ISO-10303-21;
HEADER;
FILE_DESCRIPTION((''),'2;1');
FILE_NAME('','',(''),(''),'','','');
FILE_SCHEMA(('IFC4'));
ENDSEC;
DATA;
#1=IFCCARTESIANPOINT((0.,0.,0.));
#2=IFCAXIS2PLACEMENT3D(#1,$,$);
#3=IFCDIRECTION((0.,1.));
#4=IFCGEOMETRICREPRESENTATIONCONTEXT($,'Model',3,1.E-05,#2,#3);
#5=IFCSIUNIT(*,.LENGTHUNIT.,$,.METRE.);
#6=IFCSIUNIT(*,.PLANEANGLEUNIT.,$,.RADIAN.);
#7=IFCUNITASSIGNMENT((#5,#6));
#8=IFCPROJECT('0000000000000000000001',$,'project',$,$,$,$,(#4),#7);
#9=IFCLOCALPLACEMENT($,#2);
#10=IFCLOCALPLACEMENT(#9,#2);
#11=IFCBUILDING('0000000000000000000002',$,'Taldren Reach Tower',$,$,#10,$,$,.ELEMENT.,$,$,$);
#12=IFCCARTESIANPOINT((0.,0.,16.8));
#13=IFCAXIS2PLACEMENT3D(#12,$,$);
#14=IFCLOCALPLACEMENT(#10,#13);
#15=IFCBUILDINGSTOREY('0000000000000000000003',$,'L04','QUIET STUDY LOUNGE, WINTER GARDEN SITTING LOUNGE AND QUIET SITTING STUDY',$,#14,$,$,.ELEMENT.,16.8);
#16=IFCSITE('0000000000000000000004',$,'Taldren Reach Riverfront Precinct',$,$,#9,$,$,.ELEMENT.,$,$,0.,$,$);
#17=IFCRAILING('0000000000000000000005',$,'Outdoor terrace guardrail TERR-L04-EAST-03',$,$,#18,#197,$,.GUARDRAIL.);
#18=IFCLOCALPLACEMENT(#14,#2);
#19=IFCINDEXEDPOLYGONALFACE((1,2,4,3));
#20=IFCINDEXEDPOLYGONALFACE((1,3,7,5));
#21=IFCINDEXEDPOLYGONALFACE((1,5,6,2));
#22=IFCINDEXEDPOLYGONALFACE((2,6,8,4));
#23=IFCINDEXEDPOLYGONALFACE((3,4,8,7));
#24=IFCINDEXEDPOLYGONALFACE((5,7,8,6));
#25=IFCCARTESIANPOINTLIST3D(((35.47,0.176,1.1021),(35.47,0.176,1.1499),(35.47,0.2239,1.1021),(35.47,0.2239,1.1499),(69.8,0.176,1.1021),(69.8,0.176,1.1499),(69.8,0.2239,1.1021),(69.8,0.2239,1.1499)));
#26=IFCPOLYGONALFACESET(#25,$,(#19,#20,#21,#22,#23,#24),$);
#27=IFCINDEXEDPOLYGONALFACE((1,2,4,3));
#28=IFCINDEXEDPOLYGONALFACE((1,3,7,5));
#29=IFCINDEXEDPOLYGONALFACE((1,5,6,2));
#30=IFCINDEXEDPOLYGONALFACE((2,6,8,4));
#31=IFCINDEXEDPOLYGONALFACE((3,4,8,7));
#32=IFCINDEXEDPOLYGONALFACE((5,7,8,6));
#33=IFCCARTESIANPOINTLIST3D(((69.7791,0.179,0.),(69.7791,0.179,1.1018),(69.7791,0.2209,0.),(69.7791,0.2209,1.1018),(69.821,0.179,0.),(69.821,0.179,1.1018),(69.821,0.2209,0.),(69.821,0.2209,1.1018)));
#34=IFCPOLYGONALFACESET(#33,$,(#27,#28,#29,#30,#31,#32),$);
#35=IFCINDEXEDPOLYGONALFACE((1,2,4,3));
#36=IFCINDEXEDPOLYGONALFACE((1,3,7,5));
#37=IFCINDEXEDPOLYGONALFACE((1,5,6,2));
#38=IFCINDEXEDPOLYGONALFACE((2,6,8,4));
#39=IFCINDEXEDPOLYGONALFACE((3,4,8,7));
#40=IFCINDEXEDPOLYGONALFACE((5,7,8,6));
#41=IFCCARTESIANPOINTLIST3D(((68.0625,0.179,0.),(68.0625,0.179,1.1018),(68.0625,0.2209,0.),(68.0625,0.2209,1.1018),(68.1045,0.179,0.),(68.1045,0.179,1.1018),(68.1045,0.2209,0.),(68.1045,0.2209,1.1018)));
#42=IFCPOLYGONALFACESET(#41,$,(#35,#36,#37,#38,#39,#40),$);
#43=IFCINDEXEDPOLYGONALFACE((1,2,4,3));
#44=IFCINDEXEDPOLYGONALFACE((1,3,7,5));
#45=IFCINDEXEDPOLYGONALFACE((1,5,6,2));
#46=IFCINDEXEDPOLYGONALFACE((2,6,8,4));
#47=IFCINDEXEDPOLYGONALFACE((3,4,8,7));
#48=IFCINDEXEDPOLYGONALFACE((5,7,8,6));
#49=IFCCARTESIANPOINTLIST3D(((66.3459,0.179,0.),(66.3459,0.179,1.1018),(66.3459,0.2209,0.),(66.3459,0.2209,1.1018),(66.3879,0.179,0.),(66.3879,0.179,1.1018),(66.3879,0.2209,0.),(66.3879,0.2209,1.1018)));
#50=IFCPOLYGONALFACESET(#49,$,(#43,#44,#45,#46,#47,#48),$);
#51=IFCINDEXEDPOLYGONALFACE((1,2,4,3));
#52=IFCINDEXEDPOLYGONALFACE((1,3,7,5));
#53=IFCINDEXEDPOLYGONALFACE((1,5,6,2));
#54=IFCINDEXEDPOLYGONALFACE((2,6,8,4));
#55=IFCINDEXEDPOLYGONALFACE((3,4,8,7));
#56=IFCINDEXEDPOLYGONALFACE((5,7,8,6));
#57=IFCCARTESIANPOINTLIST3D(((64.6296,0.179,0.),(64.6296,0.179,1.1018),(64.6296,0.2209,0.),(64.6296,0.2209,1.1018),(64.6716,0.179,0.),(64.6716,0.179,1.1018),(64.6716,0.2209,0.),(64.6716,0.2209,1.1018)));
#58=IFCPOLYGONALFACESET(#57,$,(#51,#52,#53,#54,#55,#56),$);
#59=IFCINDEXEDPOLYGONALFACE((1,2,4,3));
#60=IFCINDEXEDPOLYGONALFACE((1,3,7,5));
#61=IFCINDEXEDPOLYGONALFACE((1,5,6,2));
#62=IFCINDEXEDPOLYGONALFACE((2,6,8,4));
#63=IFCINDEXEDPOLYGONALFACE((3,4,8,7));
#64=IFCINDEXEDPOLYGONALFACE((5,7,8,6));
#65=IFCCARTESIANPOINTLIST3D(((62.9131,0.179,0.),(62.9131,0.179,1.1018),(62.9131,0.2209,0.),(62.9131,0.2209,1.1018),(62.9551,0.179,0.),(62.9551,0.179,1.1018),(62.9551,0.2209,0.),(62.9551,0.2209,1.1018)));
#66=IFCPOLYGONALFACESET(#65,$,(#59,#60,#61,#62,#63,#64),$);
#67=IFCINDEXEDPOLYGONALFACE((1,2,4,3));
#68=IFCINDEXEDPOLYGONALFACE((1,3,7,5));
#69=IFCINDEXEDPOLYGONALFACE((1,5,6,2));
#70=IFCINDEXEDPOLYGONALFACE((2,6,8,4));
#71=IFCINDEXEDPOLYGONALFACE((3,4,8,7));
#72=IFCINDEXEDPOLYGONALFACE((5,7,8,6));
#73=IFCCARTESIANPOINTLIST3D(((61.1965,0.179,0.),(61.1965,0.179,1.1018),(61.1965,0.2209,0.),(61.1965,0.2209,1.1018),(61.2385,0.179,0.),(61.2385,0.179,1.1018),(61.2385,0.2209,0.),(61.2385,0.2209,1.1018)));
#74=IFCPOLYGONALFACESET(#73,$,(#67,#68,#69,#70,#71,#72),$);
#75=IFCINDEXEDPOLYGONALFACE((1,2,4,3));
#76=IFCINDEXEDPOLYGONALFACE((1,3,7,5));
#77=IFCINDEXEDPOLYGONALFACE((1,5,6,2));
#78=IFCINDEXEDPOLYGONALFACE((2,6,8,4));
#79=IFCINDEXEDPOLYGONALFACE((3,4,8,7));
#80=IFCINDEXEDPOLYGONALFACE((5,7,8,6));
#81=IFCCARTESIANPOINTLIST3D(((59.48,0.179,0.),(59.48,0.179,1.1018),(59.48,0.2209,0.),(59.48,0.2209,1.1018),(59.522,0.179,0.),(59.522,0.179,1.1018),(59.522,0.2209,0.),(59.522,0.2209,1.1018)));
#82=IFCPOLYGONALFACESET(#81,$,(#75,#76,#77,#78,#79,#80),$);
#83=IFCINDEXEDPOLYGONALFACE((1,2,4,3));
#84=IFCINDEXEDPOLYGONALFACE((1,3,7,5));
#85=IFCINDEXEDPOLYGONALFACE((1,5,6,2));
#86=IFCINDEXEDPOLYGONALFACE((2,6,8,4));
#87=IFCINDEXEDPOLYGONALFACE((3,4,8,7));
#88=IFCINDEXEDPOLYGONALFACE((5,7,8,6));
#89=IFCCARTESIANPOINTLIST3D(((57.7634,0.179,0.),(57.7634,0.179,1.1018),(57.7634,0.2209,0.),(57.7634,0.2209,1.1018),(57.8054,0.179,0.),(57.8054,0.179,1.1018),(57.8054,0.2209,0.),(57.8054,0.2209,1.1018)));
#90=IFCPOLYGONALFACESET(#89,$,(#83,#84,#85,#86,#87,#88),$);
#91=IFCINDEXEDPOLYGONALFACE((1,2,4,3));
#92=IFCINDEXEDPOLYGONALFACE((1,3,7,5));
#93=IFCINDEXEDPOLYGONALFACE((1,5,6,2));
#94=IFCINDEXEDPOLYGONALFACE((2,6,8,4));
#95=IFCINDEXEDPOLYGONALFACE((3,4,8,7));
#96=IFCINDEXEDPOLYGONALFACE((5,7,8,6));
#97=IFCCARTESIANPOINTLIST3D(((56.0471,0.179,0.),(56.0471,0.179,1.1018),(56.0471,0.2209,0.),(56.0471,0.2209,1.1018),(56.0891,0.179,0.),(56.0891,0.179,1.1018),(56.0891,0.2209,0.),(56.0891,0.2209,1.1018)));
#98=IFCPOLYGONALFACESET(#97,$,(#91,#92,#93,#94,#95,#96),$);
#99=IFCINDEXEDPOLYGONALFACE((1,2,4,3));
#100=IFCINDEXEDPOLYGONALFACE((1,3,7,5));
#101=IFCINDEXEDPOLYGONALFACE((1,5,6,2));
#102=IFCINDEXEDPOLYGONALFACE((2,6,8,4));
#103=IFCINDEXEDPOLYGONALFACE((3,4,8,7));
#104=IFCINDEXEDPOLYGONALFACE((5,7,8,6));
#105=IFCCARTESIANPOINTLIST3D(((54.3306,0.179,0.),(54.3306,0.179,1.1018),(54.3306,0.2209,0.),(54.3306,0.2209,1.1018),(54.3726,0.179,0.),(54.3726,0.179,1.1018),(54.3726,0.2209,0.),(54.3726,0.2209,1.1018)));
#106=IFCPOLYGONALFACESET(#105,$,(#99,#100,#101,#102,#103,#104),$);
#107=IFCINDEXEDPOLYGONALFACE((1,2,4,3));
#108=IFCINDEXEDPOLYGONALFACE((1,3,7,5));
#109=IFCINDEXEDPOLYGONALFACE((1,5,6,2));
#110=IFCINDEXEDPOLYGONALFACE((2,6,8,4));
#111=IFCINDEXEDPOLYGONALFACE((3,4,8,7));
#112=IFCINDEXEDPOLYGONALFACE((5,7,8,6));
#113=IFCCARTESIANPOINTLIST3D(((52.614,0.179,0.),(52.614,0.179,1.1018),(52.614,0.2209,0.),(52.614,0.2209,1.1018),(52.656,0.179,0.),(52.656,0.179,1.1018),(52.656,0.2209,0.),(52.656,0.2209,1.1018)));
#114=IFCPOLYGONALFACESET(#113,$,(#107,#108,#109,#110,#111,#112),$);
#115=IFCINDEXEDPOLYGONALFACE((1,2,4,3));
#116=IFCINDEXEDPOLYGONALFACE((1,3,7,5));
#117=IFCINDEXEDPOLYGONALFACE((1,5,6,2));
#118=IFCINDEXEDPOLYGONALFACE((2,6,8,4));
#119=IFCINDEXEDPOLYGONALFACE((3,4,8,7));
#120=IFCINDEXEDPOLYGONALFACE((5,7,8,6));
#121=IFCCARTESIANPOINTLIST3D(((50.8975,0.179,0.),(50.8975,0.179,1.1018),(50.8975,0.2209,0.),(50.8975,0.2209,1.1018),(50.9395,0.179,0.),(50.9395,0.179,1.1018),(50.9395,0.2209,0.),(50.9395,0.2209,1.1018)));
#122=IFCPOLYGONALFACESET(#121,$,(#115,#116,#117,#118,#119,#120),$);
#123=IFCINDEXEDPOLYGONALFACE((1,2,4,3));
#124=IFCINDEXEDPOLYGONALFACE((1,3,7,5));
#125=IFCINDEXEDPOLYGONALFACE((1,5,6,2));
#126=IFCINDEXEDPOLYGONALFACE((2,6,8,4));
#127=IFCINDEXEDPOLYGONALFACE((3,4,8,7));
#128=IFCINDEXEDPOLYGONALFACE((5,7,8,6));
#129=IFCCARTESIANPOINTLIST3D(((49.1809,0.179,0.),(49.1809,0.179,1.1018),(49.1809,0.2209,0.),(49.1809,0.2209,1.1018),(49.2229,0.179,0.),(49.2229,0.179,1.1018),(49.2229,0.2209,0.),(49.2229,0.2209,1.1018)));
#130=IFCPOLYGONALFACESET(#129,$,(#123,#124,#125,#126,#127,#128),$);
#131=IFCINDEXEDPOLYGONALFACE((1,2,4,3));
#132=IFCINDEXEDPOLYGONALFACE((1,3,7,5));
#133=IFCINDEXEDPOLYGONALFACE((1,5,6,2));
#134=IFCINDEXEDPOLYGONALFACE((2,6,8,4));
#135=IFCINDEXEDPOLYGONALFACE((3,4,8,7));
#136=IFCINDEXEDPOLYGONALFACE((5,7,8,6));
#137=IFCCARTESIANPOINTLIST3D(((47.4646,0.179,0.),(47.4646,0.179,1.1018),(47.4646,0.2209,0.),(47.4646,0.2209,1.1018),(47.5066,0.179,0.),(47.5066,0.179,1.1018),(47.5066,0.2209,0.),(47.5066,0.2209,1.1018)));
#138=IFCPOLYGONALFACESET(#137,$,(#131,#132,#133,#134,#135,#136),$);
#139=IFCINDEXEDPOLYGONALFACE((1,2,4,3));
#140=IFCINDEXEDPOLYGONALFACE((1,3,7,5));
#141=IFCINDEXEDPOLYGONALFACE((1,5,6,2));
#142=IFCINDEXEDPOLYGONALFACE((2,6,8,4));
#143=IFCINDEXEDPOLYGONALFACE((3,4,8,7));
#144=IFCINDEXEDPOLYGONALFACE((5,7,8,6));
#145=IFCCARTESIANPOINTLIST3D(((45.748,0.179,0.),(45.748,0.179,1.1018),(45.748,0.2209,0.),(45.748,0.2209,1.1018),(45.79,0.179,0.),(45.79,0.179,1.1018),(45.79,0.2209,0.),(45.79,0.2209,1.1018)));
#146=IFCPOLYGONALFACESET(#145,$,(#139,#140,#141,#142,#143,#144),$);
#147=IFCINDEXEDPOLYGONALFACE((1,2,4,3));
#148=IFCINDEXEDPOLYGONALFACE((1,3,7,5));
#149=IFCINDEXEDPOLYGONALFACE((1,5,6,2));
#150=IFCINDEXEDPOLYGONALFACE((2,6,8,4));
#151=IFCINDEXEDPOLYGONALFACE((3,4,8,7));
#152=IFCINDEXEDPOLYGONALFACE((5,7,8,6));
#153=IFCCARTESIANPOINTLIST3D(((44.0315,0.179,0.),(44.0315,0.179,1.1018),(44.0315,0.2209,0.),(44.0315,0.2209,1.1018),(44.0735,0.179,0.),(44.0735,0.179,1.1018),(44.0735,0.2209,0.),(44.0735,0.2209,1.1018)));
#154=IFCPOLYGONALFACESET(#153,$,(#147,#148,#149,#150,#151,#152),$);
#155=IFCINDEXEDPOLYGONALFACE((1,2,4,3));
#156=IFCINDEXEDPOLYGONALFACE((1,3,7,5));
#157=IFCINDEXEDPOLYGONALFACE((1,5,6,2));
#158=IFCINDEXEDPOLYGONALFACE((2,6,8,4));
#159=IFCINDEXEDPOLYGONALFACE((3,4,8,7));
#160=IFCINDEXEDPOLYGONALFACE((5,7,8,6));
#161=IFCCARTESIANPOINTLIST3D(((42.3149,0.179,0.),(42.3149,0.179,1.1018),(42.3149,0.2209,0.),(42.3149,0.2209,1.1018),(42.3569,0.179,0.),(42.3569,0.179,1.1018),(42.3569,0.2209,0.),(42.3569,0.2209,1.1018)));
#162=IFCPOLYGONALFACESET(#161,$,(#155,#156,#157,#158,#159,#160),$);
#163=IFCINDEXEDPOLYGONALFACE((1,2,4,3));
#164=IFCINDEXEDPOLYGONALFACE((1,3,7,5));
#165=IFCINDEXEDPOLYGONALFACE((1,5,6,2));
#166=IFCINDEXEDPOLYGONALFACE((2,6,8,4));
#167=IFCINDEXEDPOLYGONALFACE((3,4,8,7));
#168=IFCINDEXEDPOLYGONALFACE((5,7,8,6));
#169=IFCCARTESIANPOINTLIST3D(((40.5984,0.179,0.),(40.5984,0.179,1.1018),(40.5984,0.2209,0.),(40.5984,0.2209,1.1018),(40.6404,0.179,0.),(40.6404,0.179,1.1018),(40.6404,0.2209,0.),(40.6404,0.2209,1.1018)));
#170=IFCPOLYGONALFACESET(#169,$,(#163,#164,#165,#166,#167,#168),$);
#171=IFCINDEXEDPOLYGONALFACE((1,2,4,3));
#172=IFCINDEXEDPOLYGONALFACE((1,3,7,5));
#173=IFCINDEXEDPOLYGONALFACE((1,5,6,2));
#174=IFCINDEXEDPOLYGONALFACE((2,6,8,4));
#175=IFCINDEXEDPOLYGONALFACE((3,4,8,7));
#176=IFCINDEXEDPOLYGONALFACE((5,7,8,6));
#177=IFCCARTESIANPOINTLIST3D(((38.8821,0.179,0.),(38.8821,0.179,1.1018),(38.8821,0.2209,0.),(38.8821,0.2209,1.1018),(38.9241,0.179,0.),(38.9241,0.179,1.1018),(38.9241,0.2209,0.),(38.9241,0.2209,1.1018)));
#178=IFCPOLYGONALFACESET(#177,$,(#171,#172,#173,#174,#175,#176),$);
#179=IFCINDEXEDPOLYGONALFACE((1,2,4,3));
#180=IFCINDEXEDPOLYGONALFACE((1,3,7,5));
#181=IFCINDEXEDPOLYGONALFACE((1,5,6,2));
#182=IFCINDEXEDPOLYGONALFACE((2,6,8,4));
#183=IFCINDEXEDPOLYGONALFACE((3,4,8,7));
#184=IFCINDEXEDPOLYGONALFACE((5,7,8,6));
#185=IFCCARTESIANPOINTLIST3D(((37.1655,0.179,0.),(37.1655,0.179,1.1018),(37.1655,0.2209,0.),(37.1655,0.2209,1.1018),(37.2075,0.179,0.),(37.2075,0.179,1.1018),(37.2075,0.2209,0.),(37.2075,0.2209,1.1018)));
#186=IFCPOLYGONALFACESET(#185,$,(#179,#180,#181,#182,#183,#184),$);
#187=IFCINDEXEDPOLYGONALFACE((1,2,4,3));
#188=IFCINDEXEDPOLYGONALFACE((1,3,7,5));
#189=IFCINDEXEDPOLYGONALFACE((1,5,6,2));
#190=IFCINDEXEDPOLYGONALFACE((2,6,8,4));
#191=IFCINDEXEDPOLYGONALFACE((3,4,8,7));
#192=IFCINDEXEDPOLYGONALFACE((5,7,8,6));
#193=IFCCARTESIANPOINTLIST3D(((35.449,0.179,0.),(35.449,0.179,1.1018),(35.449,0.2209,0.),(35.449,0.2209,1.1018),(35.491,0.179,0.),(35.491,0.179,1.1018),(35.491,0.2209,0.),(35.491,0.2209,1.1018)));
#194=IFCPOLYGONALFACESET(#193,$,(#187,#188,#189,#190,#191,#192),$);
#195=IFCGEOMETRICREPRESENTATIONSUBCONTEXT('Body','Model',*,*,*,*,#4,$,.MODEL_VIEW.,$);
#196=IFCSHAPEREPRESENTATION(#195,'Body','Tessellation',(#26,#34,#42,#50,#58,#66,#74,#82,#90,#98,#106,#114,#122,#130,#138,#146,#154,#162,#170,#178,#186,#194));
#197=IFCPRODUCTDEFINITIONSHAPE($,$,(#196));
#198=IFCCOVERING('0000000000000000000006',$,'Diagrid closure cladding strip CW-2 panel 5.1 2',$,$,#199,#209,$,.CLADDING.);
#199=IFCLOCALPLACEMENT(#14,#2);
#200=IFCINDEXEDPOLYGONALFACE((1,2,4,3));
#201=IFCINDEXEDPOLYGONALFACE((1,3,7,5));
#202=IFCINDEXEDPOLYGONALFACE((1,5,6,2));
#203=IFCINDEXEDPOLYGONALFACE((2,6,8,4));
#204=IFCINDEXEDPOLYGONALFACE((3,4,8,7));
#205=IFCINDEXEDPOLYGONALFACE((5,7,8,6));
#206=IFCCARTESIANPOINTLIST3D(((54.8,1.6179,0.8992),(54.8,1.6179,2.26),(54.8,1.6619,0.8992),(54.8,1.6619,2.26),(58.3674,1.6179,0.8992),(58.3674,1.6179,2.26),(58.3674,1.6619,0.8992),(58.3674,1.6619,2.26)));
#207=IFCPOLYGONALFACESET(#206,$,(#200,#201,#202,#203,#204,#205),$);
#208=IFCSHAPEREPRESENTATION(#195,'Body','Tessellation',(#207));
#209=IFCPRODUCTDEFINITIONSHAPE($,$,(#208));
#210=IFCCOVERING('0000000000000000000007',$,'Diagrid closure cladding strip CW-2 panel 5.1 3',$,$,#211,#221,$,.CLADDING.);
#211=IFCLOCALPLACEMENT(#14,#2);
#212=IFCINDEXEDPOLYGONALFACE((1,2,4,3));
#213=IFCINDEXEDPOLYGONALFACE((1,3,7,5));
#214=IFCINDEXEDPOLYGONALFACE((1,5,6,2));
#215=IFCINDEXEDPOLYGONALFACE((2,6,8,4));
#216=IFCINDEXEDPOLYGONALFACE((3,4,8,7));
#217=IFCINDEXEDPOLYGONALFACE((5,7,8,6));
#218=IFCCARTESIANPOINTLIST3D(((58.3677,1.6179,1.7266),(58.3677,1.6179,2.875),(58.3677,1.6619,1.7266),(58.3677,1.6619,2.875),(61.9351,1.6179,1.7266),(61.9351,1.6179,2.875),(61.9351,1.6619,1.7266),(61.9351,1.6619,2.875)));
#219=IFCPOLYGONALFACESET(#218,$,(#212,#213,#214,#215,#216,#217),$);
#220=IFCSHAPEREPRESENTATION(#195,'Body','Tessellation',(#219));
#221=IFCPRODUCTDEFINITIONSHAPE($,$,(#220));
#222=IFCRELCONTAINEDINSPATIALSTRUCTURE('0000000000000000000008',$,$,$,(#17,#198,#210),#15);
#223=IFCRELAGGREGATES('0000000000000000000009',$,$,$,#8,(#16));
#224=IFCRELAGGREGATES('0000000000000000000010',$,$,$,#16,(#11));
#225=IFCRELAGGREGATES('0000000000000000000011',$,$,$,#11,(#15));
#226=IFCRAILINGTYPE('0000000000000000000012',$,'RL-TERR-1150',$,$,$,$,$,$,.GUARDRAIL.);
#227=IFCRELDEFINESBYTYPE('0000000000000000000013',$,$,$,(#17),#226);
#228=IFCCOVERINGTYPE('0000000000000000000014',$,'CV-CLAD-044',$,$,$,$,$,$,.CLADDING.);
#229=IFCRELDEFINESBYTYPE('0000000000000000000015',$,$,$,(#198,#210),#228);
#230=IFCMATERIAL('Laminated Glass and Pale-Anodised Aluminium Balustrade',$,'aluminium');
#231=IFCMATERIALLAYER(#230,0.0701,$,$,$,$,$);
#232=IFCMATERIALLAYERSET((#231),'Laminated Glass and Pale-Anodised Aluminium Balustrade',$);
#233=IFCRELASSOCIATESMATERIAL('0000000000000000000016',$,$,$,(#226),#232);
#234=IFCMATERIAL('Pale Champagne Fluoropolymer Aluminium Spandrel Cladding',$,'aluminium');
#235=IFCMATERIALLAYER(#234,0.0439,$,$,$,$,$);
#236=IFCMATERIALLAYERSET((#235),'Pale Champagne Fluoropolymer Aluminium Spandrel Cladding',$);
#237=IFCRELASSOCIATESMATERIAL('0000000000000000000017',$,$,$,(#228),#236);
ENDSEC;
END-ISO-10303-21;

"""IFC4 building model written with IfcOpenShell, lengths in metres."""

from ifc_helpers import new_model, si_unit, direction, frame, origin, origin_2d, place, context, subcontext, project, spatial, rectangle, extrude, source, transform, mapped, material, layer, layer_set, type_object, element, save


model = new_model("IFC4")

# Units and contexts
model_context = context("Model", 3, precision=1e-05, world=origin(), true_north=direction((0.0, 1.0)))
body_context = subcontext(model_context, "Body", "Model", "MODEL_VIEW")
ifc_project = project(units=[si_unit("LENGTHUNIT", "METRE"), si_unit("PLANEANGLEUNIT", "RADIAN")], contexts=[model_context])

# Site, building, storey
site_placement = place(None, origin())
site = spatial("IfcSite", under=ifc_project, at=site_placement, Name="Taldren Reach Riverfront Precinct", CompositionType="ELEMENT", RefElevation=0.0)
building_placement = place(site_placement, origin())
building = spatial("IfcBuilding", under=site, at=building_placement, Name="Taldren Reach Tower", CompositionType="ELEMENT")
storey_placement = place(building_placement, frame((0.0, 0.0, 16.8)))
storey = spatial("IfcBuildingStorey", under=building, at=storey_placement, Name="L04", Description="QUIET STUDY LOUNGE, WINTER GARDEN SITTING LOUNGE AND QUIET SITTING STUDY", CompositionType="ELEMENT", Elevation=16.8)

# Railing
ifc_material_1 = material(Name="Laminated Glass and Pale-Anodised Aluminium Balustrade", Category="aluminium")
ifc_layer_1 = layer(ifc_material_1, 0.0701)
ifc_layer_set_1 = layer_set([ifc_layer_1], Name="Laminated Glass and Pale-Anodised Aluminium Balustrade")
railing_type = type_object("IfcRailingType", Name="RL-TERR-1150", PredefinedType="GUARDRAIL", material=ifc_layer_set_1)
railing_placement = place(storey_placement, frame((69.8, 0.2, 0.0)))
element("IfcRailing", 1, at=railing_placement, inside=storey, type_object=railing_type, Name="Outdoor terrace guardrail TERR-L04-EAST-03", PredefinedType="GUARDRAIL", context=body_context, shape_type="SweptSolid", body=[
    extrude(rectangle(XDim=0.0479, YDim=0.0479, at=origin_2d()), frame((0.0, 0.0, 1.126), z_axis=(-1.0, 0.0, 0.0), x_axis=(0.0, -1.0, 0.0)), (0.0, 0.0, 1.0), 34.3301),
    extrude(rectangle(XDim=0.042, YDim=0.042, at=origin_2d()), origin(), (0.0, 0.0, 1.0), 1.1018),
    extrude(rectangle(XDim=0.042, YDim=0.042, at=origin_2d()), frame((-1.7166, 0.0, 0.0)), (0.0, 0.0, 1.0), 1.1018),
    extrude(rectangle(XDim=0.042, YDim=0.042, at=origin_2d()), frame((-3.4331, 0.0, 0.0)), (0.0, 0.0, 1.0), 1.1018),
    extrude(rectangle(XDim=0.042, YDim=0.042, at=origin_2d()), frame((-5.1494, 0.0, 0.0)), (0.0, 0.0, 1.0), 1.1018),
    extrude(rectangle(XDim=0.042, YDim=0.042, at=origin_2d()), frame((-6.866, 0.0, 0.0)), (0.0, 0.0, 1.0), 1.1018),
    extrude(rectangle(XDim=0.042, YDim=0.042, at=origin_2d()), frame((-8.5825, 0.0, 0.0)), (0.0, 0.0, 1.0), 1.1018),
    extrude(rectangle(XDim=0.042, YDim=0.042, at=origin_2d()), frame((-10.2991, 0.0, 0.0)), (0.0, 0.0, 1.0), 1.1018),
    extrude(rectangle(XDim=0.042, YDim=0.042, at=origin_2d()), frame((-12.0156, 0.0, 0.0)), (0.0, 0.0, 1.0), 1.1018),
    extrude(rectangle(XDim=0.042, YDim=0.042, at=origin_2d()), frame((-13.7319, 0.0, 0.0)), (0.0, 0.0, 1.0), 1.1018),
    extrude(rectangle(XDim=0.042, YDim=0.042, at=origin_2d()), frame((-15.4485, 0.0, 0.0)), (0.0, 0.0, 1.0), 1.1018),
    extrude(rectangle(XDim=0.042, YDim=0.042, at=origin_2d()), frame((-17.165, 0.0, 0.0)), (0.0, 0.0, 1.0), 1.1018),
    extrude(rectangle(XDim=0.042, YDim=0.042, at=origin_2d()), frame((-18.8816, 0.0, 0.0)), (0.0, 0.0, 1.0), 1.1018),
    extrude(rectangle(XDim=0.042, YDim=0.042, at=origin_2d()), frame((-20.5981, 0.0, 0.0)), (0.0, 0.0, 1.0), 1.1018),
    extrude(rectangle(XDim=0.042, YDim=0.042, at=origin_2d()), frame((-22.3145, 0.0, 0.0)), (0.0, 0.0, 1.0), 1.1018),
    extrude(rectangle(XDim=0.042, YDim=0.042, at=origin_2d()), frame((-24.031, 0.0, 0.0)), (0.0, 0.0, 1.0), 1.1018),
    extrude(rectangle(XDim=0.042, YDim=0.042, at=origin_2d()), frame((-25.7476, 0.0, 0.0)), (0.0, 0.0, 1.0), 1.1018),
    extrude(rectangle(XDim=0.042, YDim=0.042, at=origin_2d()), frame((-27.4641, 0.0, 0.0)), (0.0, 0.0, 1.0), 1.1018),
    extrude(rectangle(XDim=0.042, YDim=0.042, at=origin_2d()), frame((-29.1807, 0.0, 0.0)), (0.0, 0.0, 1.0), 1.1018),
    extrude(rectangle(XDim=0.042, YDim=0.042, at=origin_2d()), frame((-30.897, 0.0, 0.0)), (0.0, 0.0, 1.0), 1.1018),
    extrude(rectangle(XDim=0.042, YDim=0.042, at=origin_2d()), frame((-32.6135, 0.0, 0.0)), (0.0, 0.0, 1.0), 1.1018),
    extrude(rectangle(XDim=0.042, YDim=0.042, at=origin_2d()), frame((-34.3301, 0.0, 0.0)), (0.0, 0.0, 1.0), 1.1018),
])

# Coverings
ifc_material_2 = material(Name="Pale Champagne Fluoropolymer Aluminium Spandrel Cladding", Category="aluminium")
ifc_layer_2 = layer(ifc_material_2, 0.0439)
ifc_layer_set_2 = layer_set([ifc_layer_2], Name="Pale Champagne Fluoropolymer Aluminium Spandrel Cladding")
covering_type = type_object("IfcCoveringType", Name="CV-CLAD-044", PredefinedType="CLADDING", material=ifc_layer_set_2)
shared_shape_1 = source(origin(), body_context, "Body", "SweptSolid", [
    extrude(rectangle(XDim=3.5674, YDim=0.0439, at=origin_2d()), origin(), (0.0, 0.0, 1.0), 1.3608),
])
covering_1_placement = place(storey_placement, frame((56.5837, 1.6399, 0.8992), z_axis=(0.0, 0.0, 1.0), x_axis=(1.0, 0.0, 0.0)))
element("IfcCovering", 2, at=covering_1_placement, inside=storey, type_object=covering_type, Name="Diagrid closure cladding strip CW-2 panel 5.1 2", PredefinedType="CLADDING", context=body_context, shape_type="MappedRepresentation", body=[
    mapped(shared_shape_1, transform((0.0, 0.0, 0.0), scale=1.0)),
])
shared_shape_2 = source(origin(), body_context, "Body", "SweptSolid", [
    extrude(rectangle(XDim=3.5674, YDim=0.0439, at=origin_2d()), origin(), (0.0, 0.0, 1.0), 1.1484),
])
covering_2_placement = place(storey_placement, frame((60.1514, 1.6399, 1.7266), z_axis=(0.0, 0.0, 1.0), x_axis=(1.0, 0.0, 0.0)))
element("IfcCovering", 3, at=covering_2_placement, inside=storey, type_object=covering_type, Name="Diagrid closure cladding strip CW-2 panel 5.1 3", PredefinedType="CLADDING", context=body_context, shape_type="MappedRepresentation", body=[
    mapped(shared_shape_2, transform((0.0, 0.0, 0.0), scale=1.0)),
])

save(model, "model.ifc")
